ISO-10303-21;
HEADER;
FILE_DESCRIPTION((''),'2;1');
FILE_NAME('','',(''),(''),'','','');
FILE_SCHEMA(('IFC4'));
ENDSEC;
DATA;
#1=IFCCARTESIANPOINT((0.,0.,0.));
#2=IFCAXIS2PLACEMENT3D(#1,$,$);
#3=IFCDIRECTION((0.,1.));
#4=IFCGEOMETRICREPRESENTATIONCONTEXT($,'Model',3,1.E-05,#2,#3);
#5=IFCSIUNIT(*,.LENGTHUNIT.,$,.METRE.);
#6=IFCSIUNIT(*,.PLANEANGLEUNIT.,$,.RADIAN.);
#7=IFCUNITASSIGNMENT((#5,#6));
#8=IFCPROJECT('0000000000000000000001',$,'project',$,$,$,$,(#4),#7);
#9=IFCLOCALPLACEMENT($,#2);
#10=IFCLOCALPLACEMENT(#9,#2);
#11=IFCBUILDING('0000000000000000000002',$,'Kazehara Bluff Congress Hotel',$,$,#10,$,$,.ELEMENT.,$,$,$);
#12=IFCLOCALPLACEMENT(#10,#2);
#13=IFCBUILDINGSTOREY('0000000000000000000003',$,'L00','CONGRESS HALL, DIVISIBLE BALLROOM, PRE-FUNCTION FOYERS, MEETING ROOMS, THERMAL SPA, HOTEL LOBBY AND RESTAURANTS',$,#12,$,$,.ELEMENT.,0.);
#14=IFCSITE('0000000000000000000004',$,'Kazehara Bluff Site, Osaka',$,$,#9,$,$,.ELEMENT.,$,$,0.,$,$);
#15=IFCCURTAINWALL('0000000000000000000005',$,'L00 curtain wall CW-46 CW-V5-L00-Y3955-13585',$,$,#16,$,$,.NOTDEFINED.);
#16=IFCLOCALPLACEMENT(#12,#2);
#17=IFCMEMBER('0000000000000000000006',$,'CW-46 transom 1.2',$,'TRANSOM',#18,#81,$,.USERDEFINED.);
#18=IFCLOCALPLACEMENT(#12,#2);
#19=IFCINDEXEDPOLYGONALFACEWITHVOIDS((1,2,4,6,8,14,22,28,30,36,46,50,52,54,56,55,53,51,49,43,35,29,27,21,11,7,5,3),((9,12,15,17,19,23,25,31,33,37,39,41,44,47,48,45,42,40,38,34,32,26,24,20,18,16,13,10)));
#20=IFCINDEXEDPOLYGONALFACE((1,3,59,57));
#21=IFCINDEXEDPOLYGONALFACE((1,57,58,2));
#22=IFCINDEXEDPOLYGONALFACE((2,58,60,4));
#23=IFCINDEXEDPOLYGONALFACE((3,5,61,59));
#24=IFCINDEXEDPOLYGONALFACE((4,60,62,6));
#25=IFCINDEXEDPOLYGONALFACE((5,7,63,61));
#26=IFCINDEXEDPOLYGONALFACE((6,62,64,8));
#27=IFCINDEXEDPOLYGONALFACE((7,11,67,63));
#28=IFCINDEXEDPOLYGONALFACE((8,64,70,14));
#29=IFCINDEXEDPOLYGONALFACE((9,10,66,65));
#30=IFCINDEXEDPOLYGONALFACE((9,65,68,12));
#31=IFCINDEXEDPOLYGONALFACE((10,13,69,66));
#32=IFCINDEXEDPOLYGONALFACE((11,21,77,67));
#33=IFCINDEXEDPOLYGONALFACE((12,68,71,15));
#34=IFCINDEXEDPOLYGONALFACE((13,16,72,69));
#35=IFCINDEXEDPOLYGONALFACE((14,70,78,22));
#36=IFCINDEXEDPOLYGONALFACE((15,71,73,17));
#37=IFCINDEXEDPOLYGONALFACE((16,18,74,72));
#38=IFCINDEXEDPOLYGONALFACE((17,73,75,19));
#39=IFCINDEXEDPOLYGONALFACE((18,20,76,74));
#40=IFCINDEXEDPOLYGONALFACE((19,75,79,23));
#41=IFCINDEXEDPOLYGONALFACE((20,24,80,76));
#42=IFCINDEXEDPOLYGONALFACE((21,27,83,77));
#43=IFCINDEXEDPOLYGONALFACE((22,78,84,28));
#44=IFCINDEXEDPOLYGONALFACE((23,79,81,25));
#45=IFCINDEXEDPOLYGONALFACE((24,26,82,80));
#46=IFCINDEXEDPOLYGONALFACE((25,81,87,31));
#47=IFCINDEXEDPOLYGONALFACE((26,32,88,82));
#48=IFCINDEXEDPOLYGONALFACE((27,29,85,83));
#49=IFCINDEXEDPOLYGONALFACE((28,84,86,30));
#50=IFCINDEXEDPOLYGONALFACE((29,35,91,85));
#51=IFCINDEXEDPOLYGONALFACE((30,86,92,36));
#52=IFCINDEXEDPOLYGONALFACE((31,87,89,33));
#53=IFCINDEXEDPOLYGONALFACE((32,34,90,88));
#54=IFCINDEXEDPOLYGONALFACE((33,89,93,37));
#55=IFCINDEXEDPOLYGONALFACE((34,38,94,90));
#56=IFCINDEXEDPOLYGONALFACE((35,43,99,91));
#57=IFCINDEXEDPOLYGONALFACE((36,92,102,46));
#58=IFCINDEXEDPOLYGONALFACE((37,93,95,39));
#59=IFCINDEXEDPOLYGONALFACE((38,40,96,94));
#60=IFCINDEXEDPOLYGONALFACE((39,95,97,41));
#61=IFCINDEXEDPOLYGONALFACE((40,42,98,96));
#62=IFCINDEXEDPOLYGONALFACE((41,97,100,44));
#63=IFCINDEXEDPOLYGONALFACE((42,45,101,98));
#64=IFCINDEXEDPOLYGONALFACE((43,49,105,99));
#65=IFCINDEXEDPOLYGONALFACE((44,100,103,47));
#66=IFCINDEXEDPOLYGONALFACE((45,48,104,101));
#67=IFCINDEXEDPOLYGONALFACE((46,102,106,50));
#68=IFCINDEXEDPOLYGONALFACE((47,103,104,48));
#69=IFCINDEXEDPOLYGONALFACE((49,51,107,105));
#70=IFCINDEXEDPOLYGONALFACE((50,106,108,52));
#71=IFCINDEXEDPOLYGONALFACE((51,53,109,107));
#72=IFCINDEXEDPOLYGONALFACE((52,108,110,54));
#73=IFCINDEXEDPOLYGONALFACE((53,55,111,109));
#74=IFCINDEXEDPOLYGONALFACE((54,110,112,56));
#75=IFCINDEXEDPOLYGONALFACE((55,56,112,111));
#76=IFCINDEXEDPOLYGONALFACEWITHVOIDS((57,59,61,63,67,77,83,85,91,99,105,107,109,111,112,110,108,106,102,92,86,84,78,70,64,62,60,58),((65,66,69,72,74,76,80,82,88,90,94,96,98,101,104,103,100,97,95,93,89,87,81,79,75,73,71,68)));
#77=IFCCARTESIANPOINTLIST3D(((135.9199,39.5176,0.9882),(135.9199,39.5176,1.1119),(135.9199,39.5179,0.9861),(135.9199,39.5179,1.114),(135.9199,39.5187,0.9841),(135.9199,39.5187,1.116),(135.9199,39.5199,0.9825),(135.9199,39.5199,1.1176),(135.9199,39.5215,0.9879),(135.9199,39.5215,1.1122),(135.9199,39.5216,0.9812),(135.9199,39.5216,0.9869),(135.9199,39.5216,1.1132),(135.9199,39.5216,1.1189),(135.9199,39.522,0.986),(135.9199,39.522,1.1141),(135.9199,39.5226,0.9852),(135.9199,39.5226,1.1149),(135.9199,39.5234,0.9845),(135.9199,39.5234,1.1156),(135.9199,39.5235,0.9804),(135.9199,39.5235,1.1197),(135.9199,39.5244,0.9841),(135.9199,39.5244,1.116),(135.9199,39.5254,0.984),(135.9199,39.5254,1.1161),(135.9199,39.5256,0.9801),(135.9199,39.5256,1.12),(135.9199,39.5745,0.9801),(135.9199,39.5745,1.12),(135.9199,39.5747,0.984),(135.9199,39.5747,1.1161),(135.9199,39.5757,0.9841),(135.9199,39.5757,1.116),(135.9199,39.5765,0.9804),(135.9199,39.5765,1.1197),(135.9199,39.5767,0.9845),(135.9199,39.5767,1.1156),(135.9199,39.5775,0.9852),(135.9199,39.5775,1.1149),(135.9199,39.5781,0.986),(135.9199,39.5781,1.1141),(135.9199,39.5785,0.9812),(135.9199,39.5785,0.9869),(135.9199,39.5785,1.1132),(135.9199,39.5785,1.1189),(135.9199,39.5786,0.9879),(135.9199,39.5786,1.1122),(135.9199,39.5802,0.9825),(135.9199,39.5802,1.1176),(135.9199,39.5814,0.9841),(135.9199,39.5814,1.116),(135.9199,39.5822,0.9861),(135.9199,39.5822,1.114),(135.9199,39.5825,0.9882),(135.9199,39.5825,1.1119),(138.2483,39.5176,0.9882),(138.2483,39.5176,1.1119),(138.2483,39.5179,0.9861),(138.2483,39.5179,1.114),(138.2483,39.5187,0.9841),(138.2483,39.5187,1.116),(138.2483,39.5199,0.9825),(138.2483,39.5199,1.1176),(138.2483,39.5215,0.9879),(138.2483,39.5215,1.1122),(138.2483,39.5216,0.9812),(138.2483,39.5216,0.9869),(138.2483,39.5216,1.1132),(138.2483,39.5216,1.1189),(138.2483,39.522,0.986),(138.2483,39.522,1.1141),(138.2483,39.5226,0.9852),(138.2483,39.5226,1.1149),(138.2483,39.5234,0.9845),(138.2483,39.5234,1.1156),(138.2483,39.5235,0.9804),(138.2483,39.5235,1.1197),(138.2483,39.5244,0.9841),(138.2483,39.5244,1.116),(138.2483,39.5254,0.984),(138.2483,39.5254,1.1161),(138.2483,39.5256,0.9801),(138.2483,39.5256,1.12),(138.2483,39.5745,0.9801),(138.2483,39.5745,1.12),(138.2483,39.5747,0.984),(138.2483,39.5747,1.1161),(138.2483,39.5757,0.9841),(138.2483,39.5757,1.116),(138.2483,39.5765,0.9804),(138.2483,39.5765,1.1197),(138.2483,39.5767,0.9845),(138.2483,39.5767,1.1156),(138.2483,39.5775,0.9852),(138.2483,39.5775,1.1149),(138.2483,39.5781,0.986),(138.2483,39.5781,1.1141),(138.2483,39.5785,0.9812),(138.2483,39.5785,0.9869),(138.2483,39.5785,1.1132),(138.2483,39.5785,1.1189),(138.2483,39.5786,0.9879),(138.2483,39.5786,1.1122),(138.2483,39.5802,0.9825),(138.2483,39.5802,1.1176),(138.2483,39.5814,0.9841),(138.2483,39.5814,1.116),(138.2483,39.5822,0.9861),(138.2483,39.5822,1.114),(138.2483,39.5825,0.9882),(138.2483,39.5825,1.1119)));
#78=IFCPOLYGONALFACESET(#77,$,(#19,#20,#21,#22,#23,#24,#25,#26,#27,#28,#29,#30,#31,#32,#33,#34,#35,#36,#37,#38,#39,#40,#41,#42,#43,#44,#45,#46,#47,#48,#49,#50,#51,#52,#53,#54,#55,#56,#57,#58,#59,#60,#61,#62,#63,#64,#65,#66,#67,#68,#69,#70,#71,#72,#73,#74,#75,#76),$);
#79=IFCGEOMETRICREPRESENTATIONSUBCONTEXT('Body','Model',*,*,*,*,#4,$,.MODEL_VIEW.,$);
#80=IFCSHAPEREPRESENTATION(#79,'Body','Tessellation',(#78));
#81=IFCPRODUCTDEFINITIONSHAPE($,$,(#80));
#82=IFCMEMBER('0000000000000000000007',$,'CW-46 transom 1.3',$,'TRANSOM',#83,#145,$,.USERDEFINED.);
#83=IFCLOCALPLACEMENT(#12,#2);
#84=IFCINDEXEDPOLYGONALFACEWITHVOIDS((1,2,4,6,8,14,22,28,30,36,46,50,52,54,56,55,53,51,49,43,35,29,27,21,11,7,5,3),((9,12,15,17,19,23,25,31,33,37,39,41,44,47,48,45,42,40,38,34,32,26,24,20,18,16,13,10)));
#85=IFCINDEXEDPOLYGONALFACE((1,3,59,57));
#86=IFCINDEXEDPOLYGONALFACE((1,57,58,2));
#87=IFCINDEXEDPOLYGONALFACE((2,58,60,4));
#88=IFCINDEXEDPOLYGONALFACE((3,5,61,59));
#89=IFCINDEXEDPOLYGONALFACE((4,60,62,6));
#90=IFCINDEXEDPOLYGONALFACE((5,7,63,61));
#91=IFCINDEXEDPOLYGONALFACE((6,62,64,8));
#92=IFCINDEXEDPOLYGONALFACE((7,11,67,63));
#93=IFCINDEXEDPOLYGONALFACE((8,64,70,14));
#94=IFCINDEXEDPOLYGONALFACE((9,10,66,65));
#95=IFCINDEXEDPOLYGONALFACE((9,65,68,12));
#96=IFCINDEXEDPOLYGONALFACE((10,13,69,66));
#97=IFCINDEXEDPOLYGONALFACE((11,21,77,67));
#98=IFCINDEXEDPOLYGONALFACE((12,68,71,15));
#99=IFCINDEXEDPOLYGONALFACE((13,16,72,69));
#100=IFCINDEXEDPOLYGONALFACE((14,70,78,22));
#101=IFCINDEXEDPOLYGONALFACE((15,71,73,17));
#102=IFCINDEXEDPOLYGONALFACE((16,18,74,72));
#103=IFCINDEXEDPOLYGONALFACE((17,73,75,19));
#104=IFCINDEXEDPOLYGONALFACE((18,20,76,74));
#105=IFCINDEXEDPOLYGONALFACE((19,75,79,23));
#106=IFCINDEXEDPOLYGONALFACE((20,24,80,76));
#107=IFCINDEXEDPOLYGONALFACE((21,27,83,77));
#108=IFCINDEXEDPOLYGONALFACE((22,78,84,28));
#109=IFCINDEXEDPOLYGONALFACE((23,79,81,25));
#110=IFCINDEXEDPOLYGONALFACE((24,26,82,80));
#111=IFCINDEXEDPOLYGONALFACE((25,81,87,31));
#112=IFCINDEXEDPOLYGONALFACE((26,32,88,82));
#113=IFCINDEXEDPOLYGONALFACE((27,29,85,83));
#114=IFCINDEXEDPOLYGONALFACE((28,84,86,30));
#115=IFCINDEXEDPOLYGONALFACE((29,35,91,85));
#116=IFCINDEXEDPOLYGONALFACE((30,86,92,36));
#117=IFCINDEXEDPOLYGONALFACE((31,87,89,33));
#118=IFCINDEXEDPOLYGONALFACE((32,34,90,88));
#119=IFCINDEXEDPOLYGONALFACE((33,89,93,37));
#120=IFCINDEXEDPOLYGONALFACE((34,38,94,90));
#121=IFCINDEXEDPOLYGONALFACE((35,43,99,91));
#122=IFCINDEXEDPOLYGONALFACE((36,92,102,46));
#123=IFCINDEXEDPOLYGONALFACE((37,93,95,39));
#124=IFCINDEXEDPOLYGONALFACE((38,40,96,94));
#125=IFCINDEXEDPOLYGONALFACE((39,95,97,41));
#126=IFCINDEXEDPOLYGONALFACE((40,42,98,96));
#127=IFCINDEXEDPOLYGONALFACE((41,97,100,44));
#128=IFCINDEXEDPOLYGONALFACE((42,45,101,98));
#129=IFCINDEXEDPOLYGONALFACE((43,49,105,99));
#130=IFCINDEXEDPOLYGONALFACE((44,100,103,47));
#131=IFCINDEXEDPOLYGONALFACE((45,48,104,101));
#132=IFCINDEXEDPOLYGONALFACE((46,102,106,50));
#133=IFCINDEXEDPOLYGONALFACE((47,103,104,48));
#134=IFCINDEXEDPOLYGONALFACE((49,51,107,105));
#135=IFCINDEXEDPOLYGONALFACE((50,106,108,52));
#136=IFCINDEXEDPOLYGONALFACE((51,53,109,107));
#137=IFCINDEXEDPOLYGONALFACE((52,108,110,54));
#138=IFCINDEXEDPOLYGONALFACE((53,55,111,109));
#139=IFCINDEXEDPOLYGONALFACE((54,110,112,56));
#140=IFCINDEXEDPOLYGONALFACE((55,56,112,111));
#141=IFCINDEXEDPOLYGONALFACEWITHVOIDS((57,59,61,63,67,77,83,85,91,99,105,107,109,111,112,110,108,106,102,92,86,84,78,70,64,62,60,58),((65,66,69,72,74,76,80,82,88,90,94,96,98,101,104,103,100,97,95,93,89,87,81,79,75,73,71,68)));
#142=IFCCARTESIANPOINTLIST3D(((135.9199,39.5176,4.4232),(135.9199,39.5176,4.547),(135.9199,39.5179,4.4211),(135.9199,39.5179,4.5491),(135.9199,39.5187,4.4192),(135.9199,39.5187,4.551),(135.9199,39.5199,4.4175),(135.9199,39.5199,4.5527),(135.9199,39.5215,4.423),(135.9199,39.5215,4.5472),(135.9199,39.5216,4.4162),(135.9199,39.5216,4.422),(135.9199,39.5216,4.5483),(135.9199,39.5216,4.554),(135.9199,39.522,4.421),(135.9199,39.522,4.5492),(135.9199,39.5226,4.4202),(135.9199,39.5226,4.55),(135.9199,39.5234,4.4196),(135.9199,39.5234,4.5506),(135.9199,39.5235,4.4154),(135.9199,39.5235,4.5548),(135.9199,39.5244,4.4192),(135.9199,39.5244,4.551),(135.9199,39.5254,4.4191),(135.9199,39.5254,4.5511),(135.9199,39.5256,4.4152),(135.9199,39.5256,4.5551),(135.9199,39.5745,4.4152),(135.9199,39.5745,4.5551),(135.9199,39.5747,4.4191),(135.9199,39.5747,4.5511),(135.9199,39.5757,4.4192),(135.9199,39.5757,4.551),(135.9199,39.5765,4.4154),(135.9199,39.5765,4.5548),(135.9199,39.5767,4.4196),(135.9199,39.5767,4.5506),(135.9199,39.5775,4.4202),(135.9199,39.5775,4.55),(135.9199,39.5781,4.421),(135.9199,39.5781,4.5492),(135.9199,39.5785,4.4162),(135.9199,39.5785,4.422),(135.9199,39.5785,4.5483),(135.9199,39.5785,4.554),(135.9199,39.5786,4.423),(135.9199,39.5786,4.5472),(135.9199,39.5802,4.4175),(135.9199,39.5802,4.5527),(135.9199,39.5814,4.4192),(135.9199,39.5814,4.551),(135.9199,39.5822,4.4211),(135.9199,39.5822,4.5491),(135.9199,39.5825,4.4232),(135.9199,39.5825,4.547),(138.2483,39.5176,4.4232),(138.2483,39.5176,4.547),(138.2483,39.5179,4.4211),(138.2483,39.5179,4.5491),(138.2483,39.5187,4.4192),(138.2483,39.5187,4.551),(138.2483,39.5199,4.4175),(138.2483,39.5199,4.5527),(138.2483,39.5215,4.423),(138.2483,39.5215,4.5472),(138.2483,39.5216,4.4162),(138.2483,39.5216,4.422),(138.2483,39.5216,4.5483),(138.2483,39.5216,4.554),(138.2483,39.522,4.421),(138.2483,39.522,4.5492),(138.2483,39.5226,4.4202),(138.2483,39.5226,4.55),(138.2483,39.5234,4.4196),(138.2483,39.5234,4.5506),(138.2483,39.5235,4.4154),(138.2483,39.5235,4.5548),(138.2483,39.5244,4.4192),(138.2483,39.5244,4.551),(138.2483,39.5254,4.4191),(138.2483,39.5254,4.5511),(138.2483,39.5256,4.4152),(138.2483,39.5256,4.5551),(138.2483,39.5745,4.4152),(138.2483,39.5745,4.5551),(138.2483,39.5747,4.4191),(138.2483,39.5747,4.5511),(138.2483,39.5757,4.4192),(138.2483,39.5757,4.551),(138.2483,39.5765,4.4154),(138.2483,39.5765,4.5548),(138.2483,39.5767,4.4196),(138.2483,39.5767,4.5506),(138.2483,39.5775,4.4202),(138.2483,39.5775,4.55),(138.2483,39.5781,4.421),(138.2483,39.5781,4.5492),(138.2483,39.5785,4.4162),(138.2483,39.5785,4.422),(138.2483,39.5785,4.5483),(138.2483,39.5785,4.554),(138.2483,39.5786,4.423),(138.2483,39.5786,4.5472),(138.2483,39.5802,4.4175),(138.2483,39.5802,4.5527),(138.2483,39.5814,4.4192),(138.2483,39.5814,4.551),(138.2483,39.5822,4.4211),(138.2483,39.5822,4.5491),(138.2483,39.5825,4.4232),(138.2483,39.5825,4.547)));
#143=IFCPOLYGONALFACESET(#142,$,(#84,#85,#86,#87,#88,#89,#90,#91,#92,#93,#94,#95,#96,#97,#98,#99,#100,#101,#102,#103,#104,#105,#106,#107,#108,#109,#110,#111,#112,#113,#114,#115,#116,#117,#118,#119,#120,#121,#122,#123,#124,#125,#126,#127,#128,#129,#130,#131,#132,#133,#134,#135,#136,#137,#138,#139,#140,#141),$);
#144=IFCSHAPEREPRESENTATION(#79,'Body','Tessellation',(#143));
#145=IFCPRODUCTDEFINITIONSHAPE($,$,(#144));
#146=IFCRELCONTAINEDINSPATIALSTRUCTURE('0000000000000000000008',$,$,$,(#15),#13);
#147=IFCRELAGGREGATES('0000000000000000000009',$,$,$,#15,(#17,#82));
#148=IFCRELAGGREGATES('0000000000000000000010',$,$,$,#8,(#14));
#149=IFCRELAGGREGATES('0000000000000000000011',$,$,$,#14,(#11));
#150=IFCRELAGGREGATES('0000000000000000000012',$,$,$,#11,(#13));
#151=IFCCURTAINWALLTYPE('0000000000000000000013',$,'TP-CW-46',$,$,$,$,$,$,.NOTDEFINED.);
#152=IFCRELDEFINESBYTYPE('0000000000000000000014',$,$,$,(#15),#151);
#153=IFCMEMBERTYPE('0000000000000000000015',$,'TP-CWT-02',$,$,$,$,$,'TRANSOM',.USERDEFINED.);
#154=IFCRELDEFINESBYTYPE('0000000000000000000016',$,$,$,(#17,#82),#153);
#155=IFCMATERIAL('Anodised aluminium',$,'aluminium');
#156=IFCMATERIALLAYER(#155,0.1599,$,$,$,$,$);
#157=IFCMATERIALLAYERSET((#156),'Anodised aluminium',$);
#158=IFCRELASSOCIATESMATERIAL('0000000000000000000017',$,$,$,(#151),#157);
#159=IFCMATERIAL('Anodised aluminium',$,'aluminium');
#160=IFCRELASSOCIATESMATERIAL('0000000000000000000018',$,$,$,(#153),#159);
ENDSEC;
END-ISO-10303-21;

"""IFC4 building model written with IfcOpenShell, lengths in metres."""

from ifc_helpers import new_model, si_unit, direction, frame, origin, origin_2d, place, context, subcontext, project, spatial, hollow_rectangle, extrude, material, layer, layer_set, material_profile, profile_set, type_object, element, aggregate, save


model = new_model("IFC4")

# Units and contexts
model_context = context("Model", 3, precision=1e-05, world=origin(), true_north=direction((0.0, 1.0)))
body_context = subcontext(model_context, "Body", "Model", "MODEL_VIEW")
ifc_project = project(units=[si_unit("LENGTHUNIT", "METRE"), si_unit("PLANEANGLEUNIT", "RADIAN")], contexts=[model_context])

# Site, building, storey
site_placement = place(None, origin())
site = spatial("IfcSite", under=ifc_project, at=site_placement, Name="Kazehara Bluff Site, Osaka", CompositionType="ELEMENT", RefElevation=0.0)
building_placement = place(site_placement, origin())
building = spatial("IfcBuilding", under=site, at=building_placement, Name="Kazehara Bluff Congress Hotel", CompositionType="ELEMENT")
storey_placement = place(building_placement, origin())
storey = spatial("IfcBuildingStorey", under=building, at=storey_placement, Name="L00", Description="CONGRESS HALL, DIVISIBLE BALLROOM, PRE-FUNCTION FOYERS, MEETING ROOMS, THERMAL SPA, HOTEL LOBBY AND RESTAURANTS", CompositionType="ELEMENT", Elevation=0.0)

# Curtain wall, members
ifc_material_1 = material(Name="Anodised aluminium", Category="aluminium")
ifc_layer_1 = layer(ifc_material_1, 0.1599)
ifc_layer_set_1 = layer_set([ifc_layer_1], Name="Anodised aluminium")
curtain_wall_type = type_object("IfcCurtainWallType", Name="TP-CW-46", PredefinedType="NOTDEFINED", material=ifc_layer_set_1)
curtain_wall_placement = place(storey_placement, origin())
curtain_wall = element("IfcCurtainWall", 1, at=curtain_wall_placement, inside=storey, type_object=curtain_wall_type, Name="L00 curtain wall CW-46 CW-V5-L00-Y3955-13585", PredefinedType="NOTDEFINED")
ifc_material_2 = material(Name="Anodised aluminium", Category="aluminium")
ifc_material_profile_1 = material_profile(ifc_material_2, hollow_rectangle(XDim=0.0649, YDim=0.1399, WallThickness=0.0039, InnerFilletRadius=0.0039, OuterFilletRadius=0.0081, at=origin_2d()))
ifc_profile_set_1 = profile_set([ifc_material_profile_1], Name="Anodised aluminium")
member_type_1 = type_object("IfcMemberType", Name="TP-CWT-02", ElementType="TRANSOM", PredefinedType="USERDEFINED", material=ifc_profile_set_1)
member_1_placement = place(storey_placement, frame((135.9199, 39.55, 1.05), z_axis=(1.0, 0.0, 0.0), x_axis=(0.0, 1.0, 0.0)))
member_1 = element("IfcMember", 2, at=member_1_placement, type_object=member_type_1, Name="CW-46 transom 1.2", ObjectType="TRANSOM", PredefinedType="USERDEFINED", context=body_context, shape_type="SweptSolid", body=[
    extrude(hollow_rectangle(XDim=0.0649, YDim=0.1399, WallThickness=0.0039, InnerFilletRadius=0.0039, OuterFilletRadius=0.0081, at=origin_2d()), origin(), (0.0, 0.0, 1.0), 2.3284),
])
member_2_placement = place(storey_placement, frame((135.9199, 39.55, 4.4851), z_axis=(1.0, 0.0, 0.0), x_axis=(0.0, 1.0, 0.0)))
member_2 = element("IfcMember", 3, at=member_2_placement, type_object=member_type_1, Name="CW-46 transom 1.3", ObjectType="TRANSOM", PredefinedType="USERDEFINED", context=body_context, shape_type="SweptSolid", body=[
    extrude(hollow_rectangle(XDim=0.0649, YDim=0.1399, WallThickness=0.0039, InnerFilletRadius=0.0039, OuterFilletRadius=0.0081, at=origin_2d()), origin(), (0.0, 0.0, 1.0), 2.3284),
])

aggregate(curtain_wall, [member_1, member_2])

save(model, "model.ifc")
